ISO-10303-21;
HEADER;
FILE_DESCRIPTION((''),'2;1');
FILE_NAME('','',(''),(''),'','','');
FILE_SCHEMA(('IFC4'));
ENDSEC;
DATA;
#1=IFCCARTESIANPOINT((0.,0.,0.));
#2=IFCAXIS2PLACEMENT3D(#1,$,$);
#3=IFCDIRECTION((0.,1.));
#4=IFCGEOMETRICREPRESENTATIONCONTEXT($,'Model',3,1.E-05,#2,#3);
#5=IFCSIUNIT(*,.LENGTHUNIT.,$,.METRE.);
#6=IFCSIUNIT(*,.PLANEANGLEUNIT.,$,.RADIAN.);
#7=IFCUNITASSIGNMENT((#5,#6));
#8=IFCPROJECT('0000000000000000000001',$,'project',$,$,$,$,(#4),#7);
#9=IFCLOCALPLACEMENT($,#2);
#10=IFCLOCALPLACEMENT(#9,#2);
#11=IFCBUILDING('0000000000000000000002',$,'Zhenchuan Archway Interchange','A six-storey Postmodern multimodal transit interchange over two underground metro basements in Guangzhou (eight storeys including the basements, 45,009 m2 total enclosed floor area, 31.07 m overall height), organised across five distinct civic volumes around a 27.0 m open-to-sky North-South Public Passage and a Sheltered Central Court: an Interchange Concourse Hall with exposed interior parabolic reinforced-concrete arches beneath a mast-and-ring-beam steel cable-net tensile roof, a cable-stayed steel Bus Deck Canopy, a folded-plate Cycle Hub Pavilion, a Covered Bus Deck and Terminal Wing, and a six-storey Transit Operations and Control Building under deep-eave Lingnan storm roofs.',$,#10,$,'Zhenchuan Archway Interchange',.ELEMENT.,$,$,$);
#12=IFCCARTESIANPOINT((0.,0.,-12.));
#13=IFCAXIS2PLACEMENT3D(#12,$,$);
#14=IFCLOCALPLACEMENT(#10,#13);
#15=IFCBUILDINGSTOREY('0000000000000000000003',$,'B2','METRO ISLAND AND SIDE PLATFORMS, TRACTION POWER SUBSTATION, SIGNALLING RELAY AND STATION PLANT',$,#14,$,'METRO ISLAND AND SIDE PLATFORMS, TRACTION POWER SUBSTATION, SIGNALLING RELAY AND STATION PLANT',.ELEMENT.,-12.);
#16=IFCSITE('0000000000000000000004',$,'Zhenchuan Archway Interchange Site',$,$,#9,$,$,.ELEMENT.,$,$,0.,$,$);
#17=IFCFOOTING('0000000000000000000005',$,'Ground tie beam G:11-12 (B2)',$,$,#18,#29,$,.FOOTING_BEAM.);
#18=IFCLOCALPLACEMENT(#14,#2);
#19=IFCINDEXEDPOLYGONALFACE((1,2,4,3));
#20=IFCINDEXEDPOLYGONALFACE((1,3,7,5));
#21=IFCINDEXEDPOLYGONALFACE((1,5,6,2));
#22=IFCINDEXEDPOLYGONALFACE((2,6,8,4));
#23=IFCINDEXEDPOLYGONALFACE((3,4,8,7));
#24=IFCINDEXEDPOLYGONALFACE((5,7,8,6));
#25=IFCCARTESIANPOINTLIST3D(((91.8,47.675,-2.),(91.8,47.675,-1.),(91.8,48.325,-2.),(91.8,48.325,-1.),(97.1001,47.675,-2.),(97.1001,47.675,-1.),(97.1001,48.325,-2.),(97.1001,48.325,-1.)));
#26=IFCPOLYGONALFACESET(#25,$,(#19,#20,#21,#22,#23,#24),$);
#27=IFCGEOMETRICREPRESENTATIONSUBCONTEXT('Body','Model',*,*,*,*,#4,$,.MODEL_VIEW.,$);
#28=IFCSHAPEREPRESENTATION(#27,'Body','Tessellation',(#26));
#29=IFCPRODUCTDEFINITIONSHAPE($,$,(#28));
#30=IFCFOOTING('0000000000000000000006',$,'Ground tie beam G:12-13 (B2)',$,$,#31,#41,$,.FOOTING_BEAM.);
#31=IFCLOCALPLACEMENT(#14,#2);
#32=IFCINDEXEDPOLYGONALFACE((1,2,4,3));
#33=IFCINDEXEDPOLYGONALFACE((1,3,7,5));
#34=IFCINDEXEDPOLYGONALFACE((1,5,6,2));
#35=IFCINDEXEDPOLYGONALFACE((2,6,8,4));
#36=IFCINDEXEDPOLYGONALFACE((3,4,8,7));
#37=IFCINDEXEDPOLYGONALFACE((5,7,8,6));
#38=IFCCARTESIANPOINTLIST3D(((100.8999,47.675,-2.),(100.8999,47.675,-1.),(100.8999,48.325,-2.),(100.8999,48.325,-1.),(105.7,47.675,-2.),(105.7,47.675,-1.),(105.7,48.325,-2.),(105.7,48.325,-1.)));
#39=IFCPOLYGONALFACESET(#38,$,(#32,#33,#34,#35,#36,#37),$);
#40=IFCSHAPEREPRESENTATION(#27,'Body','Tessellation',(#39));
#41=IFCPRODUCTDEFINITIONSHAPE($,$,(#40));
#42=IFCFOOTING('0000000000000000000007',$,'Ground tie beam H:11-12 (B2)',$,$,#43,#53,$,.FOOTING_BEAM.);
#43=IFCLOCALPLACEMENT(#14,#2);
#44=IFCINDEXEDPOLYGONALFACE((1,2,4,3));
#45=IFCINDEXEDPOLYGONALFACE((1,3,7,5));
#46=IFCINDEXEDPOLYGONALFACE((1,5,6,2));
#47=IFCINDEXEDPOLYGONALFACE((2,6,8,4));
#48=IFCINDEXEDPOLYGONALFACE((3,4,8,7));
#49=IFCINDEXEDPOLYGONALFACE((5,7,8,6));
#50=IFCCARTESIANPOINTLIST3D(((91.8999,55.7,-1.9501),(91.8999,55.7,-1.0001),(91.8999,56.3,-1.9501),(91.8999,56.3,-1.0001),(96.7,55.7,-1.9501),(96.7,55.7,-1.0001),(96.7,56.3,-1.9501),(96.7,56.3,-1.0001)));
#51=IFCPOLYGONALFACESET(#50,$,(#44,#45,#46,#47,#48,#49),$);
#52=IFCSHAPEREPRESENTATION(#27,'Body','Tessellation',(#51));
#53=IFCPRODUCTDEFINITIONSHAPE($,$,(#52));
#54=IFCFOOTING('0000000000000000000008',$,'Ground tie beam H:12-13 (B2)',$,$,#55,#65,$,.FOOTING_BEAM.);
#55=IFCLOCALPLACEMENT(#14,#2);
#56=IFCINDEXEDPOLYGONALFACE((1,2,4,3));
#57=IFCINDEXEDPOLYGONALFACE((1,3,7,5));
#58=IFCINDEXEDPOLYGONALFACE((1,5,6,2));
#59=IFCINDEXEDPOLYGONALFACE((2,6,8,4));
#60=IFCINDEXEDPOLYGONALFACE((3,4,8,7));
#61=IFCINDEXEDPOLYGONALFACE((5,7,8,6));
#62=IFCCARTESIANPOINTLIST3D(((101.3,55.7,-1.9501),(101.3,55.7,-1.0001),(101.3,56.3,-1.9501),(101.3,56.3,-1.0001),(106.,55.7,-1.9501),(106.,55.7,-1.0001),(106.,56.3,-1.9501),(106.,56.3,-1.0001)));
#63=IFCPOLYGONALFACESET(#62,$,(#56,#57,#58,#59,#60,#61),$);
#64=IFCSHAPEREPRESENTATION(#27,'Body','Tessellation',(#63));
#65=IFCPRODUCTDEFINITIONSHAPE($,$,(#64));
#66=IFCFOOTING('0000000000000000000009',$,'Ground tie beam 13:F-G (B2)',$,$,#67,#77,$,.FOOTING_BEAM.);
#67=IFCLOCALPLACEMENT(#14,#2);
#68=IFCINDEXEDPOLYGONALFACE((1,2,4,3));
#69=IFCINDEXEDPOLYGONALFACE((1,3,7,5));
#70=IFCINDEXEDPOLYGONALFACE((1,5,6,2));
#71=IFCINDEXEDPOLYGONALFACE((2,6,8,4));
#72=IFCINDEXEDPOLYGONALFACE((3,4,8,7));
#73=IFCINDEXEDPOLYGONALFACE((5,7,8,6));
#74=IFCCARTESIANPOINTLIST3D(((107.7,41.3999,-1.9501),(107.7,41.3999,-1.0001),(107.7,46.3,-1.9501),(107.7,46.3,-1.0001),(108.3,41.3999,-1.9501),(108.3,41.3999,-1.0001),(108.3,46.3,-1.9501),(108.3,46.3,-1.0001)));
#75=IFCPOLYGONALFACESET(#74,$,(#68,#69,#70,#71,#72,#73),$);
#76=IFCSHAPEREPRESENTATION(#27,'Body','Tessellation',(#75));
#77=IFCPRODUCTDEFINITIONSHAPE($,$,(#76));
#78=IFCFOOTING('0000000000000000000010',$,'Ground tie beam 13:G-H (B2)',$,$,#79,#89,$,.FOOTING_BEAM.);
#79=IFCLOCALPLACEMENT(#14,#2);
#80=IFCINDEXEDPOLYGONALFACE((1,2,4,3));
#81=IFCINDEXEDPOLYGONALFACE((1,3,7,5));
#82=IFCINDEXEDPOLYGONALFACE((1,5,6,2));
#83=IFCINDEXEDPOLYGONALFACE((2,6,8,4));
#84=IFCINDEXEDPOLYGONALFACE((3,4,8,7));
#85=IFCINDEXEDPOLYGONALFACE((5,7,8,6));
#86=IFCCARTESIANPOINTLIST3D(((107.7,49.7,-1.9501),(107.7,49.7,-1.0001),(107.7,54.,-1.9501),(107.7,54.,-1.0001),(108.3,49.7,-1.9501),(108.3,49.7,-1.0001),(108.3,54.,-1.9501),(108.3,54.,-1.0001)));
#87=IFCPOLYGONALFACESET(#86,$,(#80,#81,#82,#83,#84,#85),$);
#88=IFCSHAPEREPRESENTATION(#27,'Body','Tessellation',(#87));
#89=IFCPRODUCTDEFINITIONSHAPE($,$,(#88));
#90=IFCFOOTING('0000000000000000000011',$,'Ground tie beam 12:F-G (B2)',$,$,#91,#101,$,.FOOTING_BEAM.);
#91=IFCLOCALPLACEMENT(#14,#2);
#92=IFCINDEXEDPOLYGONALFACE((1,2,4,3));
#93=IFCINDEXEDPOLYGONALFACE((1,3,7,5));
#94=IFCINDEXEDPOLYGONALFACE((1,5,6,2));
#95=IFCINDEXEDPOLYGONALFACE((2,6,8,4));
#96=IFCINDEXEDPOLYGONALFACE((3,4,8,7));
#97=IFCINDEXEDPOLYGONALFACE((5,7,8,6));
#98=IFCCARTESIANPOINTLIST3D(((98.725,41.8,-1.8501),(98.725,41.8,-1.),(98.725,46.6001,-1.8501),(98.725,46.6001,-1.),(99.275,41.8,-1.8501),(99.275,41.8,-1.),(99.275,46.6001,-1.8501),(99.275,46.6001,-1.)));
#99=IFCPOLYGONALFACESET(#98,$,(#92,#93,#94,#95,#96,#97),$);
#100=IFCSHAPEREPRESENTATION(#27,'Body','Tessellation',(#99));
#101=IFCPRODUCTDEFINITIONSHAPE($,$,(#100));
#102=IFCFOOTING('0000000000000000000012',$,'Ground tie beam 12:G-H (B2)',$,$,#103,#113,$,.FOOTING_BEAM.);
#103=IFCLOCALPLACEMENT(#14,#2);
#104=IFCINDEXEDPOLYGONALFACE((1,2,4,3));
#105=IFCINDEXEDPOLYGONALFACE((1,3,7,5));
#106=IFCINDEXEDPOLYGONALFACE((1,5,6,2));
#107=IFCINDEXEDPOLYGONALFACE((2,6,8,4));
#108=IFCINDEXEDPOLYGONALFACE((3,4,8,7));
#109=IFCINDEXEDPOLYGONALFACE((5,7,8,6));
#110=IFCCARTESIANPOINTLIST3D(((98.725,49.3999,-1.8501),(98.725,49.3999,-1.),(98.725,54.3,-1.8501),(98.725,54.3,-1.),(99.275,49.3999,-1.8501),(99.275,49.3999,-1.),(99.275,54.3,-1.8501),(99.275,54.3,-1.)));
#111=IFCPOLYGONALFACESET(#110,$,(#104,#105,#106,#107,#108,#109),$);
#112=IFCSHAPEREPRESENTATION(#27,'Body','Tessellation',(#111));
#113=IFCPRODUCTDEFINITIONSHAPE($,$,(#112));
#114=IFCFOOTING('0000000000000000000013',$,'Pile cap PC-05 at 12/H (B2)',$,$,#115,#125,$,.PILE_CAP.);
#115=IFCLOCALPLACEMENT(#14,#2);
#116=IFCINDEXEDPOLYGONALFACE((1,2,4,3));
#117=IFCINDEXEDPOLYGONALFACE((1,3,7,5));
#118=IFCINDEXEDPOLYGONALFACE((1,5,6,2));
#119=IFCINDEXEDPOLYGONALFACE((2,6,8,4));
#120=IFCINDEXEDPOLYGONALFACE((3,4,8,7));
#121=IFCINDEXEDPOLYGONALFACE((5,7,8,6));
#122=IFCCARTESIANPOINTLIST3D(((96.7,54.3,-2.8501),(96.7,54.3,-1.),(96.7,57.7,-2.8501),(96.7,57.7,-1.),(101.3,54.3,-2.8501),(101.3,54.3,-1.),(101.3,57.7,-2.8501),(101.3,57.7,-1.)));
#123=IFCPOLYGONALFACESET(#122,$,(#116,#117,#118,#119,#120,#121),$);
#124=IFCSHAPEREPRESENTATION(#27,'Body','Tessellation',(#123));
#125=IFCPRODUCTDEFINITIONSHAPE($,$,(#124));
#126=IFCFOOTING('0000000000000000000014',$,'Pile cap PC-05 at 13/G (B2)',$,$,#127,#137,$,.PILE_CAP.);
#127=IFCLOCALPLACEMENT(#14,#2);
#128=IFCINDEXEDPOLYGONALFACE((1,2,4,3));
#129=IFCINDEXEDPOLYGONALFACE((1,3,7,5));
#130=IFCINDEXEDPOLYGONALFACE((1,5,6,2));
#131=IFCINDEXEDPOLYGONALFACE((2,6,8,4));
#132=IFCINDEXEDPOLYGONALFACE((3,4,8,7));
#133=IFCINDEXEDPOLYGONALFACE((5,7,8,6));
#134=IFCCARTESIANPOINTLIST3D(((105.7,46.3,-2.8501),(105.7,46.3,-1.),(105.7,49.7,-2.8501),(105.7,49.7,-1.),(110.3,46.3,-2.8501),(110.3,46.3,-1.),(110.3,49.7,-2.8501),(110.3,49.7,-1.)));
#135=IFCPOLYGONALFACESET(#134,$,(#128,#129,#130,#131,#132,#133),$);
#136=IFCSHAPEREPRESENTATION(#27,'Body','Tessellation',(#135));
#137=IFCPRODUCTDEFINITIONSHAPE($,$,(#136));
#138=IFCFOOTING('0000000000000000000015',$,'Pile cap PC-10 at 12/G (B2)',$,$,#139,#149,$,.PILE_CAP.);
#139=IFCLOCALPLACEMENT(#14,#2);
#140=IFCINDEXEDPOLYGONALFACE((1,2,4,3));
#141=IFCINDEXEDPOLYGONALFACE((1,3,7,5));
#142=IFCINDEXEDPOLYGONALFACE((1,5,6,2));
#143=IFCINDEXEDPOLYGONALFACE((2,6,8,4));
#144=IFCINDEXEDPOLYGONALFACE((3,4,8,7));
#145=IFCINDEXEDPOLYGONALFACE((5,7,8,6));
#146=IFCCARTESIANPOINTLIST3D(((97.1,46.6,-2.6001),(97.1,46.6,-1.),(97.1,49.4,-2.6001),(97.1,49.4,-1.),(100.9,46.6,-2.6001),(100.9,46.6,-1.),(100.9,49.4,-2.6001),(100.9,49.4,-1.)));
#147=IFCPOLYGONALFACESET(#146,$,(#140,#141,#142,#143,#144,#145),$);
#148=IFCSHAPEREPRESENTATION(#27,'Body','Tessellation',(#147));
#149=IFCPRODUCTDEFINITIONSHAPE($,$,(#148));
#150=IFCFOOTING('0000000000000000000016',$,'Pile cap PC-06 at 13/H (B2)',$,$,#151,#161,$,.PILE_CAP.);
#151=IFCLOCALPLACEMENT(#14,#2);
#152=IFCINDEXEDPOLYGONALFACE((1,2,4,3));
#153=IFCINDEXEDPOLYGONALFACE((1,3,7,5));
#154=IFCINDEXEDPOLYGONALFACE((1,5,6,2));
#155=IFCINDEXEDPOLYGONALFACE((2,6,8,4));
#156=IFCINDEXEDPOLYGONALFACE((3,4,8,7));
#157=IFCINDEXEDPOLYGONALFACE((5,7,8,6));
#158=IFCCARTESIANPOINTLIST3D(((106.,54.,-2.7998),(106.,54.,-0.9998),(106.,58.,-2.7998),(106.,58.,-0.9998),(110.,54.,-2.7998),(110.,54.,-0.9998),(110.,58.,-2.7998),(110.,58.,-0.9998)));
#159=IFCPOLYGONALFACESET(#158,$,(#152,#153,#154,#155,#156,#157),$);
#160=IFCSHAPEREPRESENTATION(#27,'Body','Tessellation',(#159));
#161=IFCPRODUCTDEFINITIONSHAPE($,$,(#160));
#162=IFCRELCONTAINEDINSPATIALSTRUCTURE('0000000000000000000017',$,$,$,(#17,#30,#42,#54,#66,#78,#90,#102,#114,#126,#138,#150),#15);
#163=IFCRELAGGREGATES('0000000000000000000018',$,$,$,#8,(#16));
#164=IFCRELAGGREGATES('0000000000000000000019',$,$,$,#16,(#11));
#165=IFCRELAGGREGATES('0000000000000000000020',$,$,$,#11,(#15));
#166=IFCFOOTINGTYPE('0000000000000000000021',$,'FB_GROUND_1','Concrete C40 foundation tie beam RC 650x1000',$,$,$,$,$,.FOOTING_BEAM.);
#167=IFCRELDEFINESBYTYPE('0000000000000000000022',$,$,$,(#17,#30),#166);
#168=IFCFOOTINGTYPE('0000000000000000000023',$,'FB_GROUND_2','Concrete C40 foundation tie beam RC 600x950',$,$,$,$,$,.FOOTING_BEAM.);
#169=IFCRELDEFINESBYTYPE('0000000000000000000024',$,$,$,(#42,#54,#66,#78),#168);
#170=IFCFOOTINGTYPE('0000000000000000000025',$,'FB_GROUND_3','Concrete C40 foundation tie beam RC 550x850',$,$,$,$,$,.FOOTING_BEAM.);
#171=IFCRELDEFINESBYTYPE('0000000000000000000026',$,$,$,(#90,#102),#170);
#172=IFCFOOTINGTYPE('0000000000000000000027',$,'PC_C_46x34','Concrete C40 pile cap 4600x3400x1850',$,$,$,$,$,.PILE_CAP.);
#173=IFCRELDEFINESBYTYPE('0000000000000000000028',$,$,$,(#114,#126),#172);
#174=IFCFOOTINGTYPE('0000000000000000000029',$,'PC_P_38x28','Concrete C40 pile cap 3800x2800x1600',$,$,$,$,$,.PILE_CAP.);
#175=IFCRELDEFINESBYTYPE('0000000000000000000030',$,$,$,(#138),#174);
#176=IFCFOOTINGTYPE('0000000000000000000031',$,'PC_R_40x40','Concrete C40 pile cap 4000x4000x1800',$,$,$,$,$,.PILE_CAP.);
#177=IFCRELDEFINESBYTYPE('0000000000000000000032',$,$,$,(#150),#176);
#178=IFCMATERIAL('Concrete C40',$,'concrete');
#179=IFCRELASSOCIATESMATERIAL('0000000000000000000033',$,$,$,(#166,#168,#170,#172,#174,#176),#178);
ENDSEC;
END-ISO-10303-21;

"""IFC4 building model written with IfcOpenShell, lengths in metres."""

from ifc_helpers import new_model, si_unit, direction, frame, origin, origin_2d, place, context, subcontext, project, spatial, rectangle, extrude, material, material_profile, profile_set, type_object, element, save


model = new_model("IFC4")

# Units and contexts
model_context = context("Model", 3, precision=1e-05, world=origin(), true_north=direction((0.0, 1.0)))
body_context = subcontext(model_context, "Body", "Model", "MODEL_VIEW")
ifc_project = project(units=[si_unit("LENGTHUNIT", "METRE"), si_unit("PLANEANGLEUNIT", "RADIAN")], contexts=[model_context])

# Site, building, storey
site_placement = place(None, origin())
site = spatial("IfcSite", under=ifc_project, at=site_placement, Name="Zhenchuan Archway Interchange Site", CompositionType="ELEMENT", RefElevation=0.0)
building_placement = place(site_placement, origin())
building = spatial("IfcBuilding", under=site, at=building_placement, Name="Zhenchuan Archway Interchange", Description="A six-storey Postmodern multimodal transit interchange over two underground metro basements in Guangzhou (eight storeys including the basements, 45,009 m2 total enclosed floor area, 31.07 m overall height), organised across five distinct civic volumes around a 27.0 m open-to-sky North-South Public Passage and a Sheltered Central Court: an Interchange Concourse Hall with exposed interior parabolic reinforced-concrete arches beneath a mast-and-ring-beam steel cable-net tensile roof, a cable-stayed steel Bus Deck Canopy, a folded-plate Cycle Hub Pavilion, a Covered Bus Deck and Terminal Wing, and a six-storey Transit Operations and Control Building under deep-eave Lingnan storm roofs.", LongName="Zhenchuan Archway Interchange", CompositionType="ELEMENT")
storey_placement = place(building_placement, frame((0.0, 0.0, -12.0)))
storey = spatial("IfcBuildingStorey", under=building, at=storey_placement, Name="B2", Description="METRO ISLAND AND SIDE PLATFORMS, TRACTION POWER SUBSTATION, SIGNALLING RELAY AND STATION PLANT", LongName="METRO ISLAND AND SIDE PLATFORMS, TRACTION POWER SUBSTATION, SIGNALLING RELAY AND STATION PLANT", CompositionType="ELEMENT", Elevation=-12.0)

# Footings
ifc_material_1 = material(Name="Concrete C40", Category="concrete")
ifc_material_profile_1 = material_profile(ifc_material_1, rectangle(XDim=0.6499, YDim=1.0, at=origin_2d()), Name="RC 650x1000")
ifc_profile_set_1 = profile_set([ifc_material_profile_1], Name="Concrete C40")
footing_type_1 = type_object("IfcFootingType", Name="FB_GROUND_1", Description="Concrete C40 foundation tie beam RC 650x1000", PredefinedType="FOOTING_BEAM", material=ifc_profile_set_1)
footing_1_placement = place(storey_placement, frame((91.8, 48.0, -1.5), z_axis=(1.0, 0.0, 0.0), x_axis=(0.0, 1.0, 0.0)))
element("IfcFooting", 1, at=footing_1_placement, inside=storey, type_object=footing_type_1, Name="Ground tie beam G:11-12 (B2)", PredefinedType="FOOTING_BEAM", context=body_context, shape_type="SweptSolid", body=[
    extrude(rectangle(XDim=0.6499, YDim=1.0, at=origin_2d()), origin(), (0.0, 0.0, 1.0), 5.3),
])
footing_2_placement = place(storey_placement, frame((100.8999, 48.0, -1.5), z_axis=(1.0, 0.0, 0.0), x_axis=(0.0, 1.0, 0.0)))
element("IfcFooting", 2, at=footing_2_placement, inside=storey, type_object=footing_type_1, Name="Ground tie beam G:12-13 (B2)", PredefinedType="FOOTING_BEAM", context=body_context, shape_type="SweptSolid", body=[
    extrude(rectangle(XDim=0.6499, YDim=1.0, at=origin_2d()), origin(), (0.0, 0.0, 1.0), 4.8),
])
ifc_material_profile_2 = material_profile(ifc_material_1, rectangle(XDim=0.6001, YDim=0.95, at=origin_2d()), Name="RC 600x950")
ifc_profile_set_2 = profile_set([ifc_material_profile_2], Name="Concrete C40")
footing_type_2 = type_object("IfcFootingType", Name="FB_GROUND_2", Description="Concrete C40 foundation tie beam RC 600x950", PredefinedType="FOOTING_BEAM", material=ifc_profile_set_2)
footing_3_placement = place(storey_placement, frame((91.8999, 56.0, -1.4751), z_axis=(1.0, 0.0, 0.0), x_axis=(0.0, 1.0, 0.0)))
element("IfcFooting", 3, at=footing_3_placement, inside=storey, type_object=footing_type_2, Name="Ground tie beam H:11-12 (B2)", PredefinedType="FOOTING_BEAM", context=body_context, shape_type="SweptSolid", body=[
    extrude(rectangle(XDim=0.6001, YDim=0.95, at=origin_2d()), origin(), (0.0, 0.0, 1.0), 4.8),
])
footing_4_placement = place(storey_placement, frame((101.3, 56.0, -1.4751), z_axis=(1.0, 0.0, 0.0), x_axis=(0.0, 1.0, 0.0)))
element("IfcFooting", 4, at=footing_4_placement, inside=storey, type_object=footing_type_2, Name="Ground tie beam H:12-13 (B2)", PredefinedType="FOOTING_BEAM", context=body_context, shape_type="SweptSolid", body=[
    extrude(rectangle(XDim=0.6001, YDim=0.95, at=origin_2d()), origin(), (0.0, 0.0, 1.0), 4.7),
])
footing_5_placement = place(storey_placement, frame((108.0, 41.3999, -1.4751), z_axis=(0.0, 1.0, 0.0), x_axis=(-1.0, 0.0, 0.0)))
element("IfcFooting", 5, at=footing_5_placement, inside=storey, type_object=footing_type_2, Name="Ground tie beam 13:F-G (B2)", PredefinedType="FOOTING_BEAM", context=body_context, shape_type="SweptSolid", body=[
    extrude(rectangle(XDim=0.6001, YDim=0.95, at=origin_2d()), origin(), (0.0, 0.0, 1.0), 4.9001),
])
footing_6_placement = place(storey_placement, frame((108.0, 49.7, -1.4751), z_axis=(0.0, 1.0, 0.0), x_axis=(-1.0, 0.0, 0.0)))
element("IfcFooting", 6, at=footing_6_placement, inside=storey, type_object=footing_type_2, Name="Ground tie beam 13:G-H (B2)", PredefinedType="FOOTING_BEAM", context=body_context, shape_type="SweptSolid", body=[
    extrude(rectangle(XDim=0.6001, YDim=0.95, at=origin_2d()), origin(), (0.0, 0.0, 1.0), 4.3),
])
ifc_material_profile_3 = material_profile(ifc_material_1, rectangle(XDim=0.55, YDim=0.8501, at=origin_2d()), Name="RC 550x850")
ifc_profile_set_3 = profile_set([ifc_material_profile_3], Name="Concrete C40")
footing_type_3 = type_object("IfcFootingType", Name="FB_GROUND_3", Description="Concrete C40 foundation tie beam RC 550x850", PredefinedType="FOOTING_BEAM", material=ifc_profile_set_3)
footing_7_placement = place(storey_placement, frame((99.0, 41.8, -1.425), z_axis=(0.0, 1.0, 0.0), x_axis=(-1.0, 0.0, 0.0)))
element("IfcFooting", 7, at=footing_7_placement, inside=storey, type_object=footing_type_3, Name="Ground tie beam 12:F-G (B2)", PredefinedType="FOOTING_BEAM", context=body_context, shape_type="SweptSolid", body=[
    extrude(rectangle(XDim=0.55, YDim=0.8501, at=origin_2d()), origin(), (0.0, 0.0, 1.0), 4.8),
])
footing_8_placement = place(storey_placement, frame((99.0, 49.3999, -1.425), z_axis=(0.0, 1.0, 0.0), x_axis=(-1.0, 0.0, 0.0)))
element("IfcFooting", 8, at=footing_8_placement, inside=storey, type_object=footing_type_3, Name="Ground tie beam 12:G-H (B2)", PredefinedType="FOOTING_BEAM", context=body_context, shape_type="SweptSolid", body=[
    extrude(rectangle(XDim=0.55, YDim=0.8501, at=origin_2d()), origin(), (0.0, 0.0, 1.0), 4.9001),
])
footing_type_4 = type_object("IfcFootingType", Name="PC_C_46x34", Description="Concrete C40 pile cap 4600x3400x1850", PredefinedType="PILE_CAP", material=ifc_material_1)
for number, where, z_axis, x_axis, name in (
    (9, (99.0, 56.0, -2.8501), (0.0, 0.0, 1.0), (1.0, 0.0, 0.0), "Pile cap PC-05 at 12/H (B2)"),
    (10, (108.0, 48.0, -2.8501), (0.0, 0.0, 1.0), (1.0, 0.0, 0.0), "Pile cap PC-05 at 13/G (B2)"),
):
    element("IfcFooting", number, at=place(storey_placement, frame(where, z_axis=z_axis, x_axis=x_axis)), inside=storey, type_object=footing_type_4, Name=name, PredefinedType="PILE_CAP", context=body_context, shape_type="SweptSolid", body=[
        extrude(rectangle(XDim=4.6001, YDim=3.3999, at=origin_2d()), origin(), (0.0, 0.0, 1.0), 1.8501),
    ])
footing_type_5 = type_object("IfcFootingType", Name="PC_P_38x28", Description="Concrete C40 pile cap 3800x2800x1600", PredefinedType="PILE_CAP", material=ifc_material_1)
footing_9_placement = place(storey_placement, frame((99.0, 48.0, -2.6001), z_axis=(0.0, 0.0, 1.0), x_axis=(1.0, 0.0, 0.0)))
element("IfcFooting", 11, at=footing_9_placement, inside=storey, type_object=footing_type_5, Name="Pile cap PC-10 at 12/G (B2)", PredefinedType="PILE_CAP", context=body_context, shape_type="SweptSolid", body=[
    extrude(rectangle(XDim=3.8, YDim=2.8, at=origin_2d()), origin(), (0.0, 0.0, 1.0), 1.6001),
])
footing_type_6 = type_object("IfcFootingType", Name="PC_R_40x40", Description="Concrete C40 pile cap 4000x4000x1800", PredefinedType="PILE_CAP", material=ifc_material_1)
footing_10_placement = place(storey_placement, frame((108.0, 56.0, -2.7998), z_axis=(0.0, 0.0, 1.0), x_axis=(1.0, 0.0, 0.0)))
element("IfcFooting", 12, at=footing_10_placement, inside=storey, type_object=footing_type_6, Name="Pile cap PC-06 at 13/H (B2)", PredefinedType="PILE_CAP", context=body_context, shape_type="SweptSolid", body=[
    extrude(rectangle(XDim=4.0, YDim=4.0, at=origin_2d()), origin(), (0.0, 0.0, 1.0), 1.8),
])

save(model, "model.ifc")
